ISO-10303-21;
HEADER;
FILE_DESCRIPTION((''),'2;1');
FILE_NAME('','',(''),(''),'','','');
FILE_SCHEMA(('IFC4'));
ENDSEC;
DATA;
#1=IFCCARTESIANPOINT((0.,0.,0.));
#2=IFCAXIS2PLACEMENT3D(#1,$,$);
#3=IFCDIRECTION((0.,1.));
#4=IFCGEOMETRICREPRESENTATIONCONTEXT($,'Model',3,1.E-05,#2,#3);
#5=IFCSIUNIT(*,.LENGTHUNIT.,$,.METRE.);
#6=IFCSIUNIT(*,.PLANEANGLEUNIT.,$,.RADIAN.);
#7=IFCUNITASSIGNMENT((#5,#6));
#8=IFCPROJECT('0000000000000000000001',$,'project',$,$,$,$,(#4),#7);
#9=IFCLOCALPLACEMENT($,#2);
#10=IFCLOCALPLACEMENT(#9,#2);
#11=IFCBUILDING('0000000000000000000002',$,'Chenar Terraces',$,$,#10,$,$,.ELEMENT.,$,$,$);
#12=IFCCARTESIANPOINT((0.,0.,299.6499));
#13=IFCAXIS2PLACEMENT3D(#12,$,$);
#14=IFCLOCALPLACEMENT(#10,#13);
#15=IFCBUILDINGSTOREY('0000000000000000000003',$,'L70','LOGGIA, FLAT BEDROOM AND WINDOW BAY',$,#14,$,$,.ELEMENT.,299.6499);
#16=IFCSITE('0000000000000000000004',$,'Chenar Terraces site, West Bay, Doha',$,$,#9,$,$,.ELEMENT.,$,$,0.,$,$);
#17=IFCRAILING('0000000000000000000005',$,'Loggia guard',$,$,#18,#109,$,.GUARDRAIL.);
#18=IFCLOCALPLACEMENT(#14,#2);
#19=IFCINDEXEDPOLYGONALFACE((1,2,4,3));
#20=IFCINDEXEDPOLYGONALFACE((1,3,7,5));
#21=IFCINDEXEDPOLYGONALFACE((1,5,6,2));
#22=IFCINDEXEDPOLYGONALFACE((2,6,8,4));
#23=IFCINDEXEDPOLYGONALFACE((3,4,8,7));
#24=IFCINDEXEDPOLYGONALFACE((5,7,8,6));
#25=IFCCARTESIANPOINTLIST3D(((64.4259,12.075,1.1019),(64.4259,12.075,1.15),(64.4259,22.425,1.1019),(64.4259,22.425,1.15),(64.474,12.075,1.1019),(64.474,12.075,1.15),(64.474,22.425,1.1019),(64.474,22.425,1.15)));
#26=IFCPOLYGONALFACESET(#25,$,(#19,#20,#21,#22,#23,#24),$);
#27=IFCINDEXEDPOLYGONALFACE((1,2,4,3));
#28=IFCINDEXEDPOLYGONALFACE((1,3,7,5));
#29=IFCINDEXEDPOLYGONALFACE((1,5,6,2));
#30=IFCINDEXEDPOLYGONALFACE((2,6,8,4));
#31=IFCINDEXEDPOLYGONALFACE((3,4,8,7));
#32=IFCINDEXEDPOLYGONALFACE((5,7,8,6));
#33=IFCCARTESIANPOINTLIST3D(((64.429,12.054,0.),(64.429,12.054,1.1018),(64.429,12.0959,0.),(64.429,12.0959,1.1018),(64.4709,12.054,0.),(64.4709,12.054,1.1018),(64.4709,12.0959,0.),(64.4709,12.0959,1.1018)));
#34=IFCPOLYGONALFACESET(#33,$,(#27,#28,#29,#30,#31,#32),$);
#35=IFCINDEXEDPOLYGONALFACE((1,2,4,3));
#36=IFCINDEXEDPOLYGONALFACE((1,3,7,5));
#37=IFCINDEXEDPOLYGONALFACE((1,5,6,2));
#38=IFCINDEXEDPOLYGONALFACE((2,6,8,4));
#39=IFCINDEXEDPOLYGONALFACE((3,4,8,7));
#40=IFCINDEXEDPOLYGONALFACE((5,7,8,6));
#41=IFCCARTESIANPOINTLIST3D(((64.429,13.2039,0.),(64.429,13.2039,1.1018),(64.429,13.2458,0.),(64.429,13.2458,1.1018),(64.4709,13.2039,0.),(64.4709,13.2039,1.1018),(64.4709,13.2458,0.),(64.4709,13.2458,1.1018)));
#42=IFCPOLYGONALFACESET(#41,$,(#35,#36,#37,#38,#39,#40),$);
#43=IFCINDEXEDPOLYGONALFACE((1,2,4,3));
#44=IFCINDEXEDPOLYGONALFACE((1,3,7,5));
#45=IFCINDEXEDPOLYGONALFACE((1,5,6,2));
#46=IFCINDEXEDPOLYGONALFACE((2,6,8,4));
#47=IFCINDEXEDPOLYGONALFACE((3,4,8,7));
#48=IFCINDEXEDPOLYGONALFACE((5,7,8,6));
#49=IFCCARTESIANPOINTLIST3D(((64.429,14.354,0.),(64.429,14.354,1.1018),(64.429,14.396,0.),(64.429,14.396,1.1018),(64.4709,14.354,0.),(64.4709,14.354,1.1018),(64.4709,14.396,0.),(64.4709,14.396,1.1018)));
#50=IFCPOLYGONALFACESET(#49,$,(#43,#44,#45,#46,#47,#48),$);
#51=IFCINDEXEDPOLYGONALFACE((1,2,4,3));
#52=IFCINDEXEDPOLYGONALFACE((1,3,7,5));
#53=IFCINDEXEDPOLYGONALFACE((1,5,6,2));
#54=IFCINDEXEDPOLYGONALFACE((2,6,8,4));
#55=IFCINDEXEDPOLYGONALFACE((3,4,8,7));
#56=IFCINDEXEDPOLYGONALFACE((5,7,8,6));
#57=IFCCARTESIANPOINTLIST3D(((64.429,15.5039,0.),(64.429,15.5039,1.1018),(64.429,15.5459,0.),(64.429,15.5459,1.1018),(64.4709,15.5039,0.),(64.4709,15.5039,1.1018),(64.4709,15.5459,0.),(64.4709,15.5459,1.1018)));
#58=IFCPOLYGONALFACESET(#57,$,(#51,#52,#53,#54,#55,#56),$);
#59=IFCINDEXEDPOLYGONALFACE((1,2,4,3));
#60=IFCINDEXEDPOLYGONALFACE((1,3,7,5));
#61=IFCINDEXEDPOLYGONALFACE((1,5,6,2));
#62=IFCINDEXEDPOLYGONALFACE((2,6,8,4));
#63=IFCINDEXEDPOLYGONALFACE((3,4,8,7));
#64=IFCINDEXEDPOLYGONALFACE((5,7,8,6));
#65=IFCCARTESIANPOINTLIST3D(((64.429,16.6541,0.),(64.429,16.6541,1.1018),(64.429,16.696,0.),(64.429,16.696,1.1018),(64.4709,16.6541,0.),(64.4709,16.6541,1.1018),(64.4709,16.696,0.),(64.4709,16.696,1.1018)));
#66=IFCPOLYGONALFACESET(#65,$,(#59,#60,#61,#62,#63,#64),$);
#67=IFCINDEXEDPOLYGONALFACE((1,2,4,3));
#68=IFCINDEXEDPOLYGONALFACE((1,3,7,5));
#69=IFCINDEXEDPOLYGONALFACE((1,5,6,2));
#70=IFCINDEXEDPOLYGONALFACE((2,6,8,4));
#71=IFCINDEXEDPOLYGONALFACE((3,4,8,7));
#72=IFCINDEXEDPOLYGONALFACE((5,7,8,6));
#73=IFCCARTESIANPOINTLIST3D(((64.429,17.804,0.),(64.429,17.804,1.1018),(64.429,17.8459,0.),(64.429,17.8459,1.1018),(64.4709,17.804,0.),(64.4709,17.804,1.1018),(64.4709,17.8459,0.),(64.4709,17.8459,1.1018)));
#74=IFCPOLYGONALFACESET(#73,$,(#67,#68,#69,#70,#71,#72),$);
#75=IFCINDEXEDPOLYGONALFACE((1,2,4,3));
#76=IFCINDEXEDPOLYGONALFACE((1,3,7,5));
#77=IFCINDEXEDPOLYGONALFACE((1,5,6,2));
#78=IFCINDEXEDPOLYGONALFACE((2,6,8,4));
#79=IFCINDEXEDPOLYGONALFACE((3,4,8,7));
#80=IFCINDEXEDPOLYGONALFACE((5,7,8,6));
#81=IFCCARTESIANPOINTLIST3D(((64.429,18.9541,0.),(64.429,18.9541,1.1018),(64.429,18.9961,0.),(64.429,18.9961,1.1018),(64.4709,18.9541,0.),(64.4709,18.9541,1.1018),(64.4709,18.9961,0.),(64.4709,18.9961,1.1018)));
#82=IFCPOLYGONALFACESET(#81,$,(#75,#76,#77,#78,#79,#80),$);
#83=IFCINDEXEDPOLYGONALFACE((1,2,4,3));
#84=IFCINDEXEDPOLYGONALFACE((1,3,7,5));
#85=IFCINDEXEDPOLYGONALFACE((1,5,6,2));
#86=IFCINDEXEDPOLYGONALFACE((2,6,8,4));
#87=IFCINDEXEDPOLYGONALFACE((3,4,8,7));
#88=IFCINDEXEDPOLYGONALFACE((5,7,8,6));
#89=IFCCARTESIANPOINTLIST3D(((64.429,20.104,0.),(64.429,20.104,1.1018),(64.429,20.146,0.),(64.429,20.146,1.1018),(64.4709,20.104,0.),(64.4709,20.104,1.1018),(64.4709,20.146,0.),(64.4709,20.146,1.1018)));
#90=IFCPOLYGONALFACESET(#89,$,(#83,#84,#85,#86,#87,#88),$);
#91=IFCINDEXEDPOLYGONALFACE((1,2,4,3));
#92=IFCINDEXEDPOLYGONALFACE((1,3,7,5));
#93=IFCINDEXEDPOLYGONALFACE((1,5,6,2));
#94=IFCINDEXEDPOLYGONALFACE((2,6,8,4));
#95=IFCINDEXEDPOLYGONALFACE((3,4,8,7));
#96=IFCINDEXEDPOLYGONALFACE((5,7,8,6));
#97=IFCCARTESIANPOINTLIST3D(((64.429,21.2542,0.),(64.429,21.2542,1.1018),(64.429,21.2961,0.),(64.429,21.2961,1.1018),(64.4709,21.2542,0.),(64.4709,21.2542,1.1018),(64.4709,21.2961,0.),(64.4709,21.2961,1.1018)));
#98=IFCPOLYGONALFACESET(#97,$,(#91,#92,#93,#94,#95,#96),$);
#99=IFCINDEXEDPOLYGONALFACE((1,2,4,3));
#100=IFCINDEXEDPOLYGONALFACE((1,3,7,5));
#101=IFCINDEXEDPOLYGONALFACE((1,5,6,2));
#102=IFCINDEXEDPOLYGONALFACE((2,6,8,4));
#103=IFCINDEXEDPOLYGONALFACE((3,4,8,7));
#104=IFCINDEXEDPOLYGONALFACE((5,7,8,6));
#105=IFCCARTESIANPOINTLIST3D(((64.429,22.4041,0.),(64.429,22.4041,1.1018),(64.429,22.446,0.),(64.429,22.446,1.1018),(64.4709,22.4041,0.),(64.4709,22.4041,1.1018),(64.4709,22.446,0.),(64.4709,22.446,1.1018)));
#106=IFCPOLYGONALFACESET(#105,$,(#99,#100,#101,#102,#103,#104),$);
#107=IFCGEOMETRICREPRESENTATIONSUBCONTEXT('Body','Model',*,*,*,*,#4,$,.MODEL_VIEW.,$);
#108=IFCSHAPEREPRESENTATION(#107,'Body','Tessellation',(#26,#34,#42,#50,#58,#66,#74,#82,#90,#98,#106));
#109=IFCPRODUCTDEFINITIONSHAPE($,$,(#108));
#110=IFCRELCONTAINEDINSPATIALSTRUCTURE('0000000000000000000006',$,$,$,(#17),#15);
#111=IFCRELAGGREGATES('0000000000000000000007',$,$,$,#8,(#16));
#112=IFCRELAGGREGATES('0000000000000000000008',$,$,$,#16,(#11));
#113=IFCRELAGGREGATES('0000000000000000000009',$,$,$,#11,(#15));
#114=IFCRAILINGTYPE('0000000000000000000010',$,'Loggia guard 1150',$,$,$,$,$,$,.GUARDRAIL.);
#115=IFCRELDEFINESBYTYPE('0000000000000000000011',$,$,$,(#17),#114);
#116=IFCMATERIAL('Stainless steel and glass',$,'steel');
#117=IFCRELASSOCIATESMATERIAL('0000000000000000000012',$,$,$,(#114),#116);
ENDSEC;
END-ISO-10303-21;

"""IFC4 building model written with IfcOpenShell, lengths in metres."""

from ifc_helpers import new_model, si_unit, direction, frame, origin, origin_2d, place, context, subcontext, project, spatial, rectangle, extrude, material, type_object, element, save


model = new_model("IFC4")

# Units and contexts
model_context = context("Model", 3, precision=1e-05, world=origin(), true_north=direction((0.0, 1.0)))
body_context = subcontext(model_context, "Body", "Model", "MODEL_VIEW")
ifc_project = project(units=[si_unit("LENGTHUNIT", "METRE"), si_unit("PLANEANGLEUNIT", "RADIAN")], contexts=[model_context])

# Site, building, storey
site_placement = place(None, origin())
site = spatial("IfcSite", under=ifc_project, at=site_placement, Name="Chenar Terraces site, West Bay, Doha", CompositionType="ELEMENT", RefElevation=0.0)
building_placement = place(site_placement, origin())
building = spatial("IfcBuilding", under=site, at=building_placement, Name="Chenar Terraces", CompositionType="ELEMENT")
storey_placement = place(building_placement, frame((0.0, 0.0, 299.6499)))
storey = spatial("IfcBuildingStorey", under=building, at=storey_placement, Name="L70", Description="LOGGIA, FLAT BEDROOM AND WINDOW BAY", CompositionType="ELEMENT", Elevation=299.6499)

# Railing
ifc_material_1 = material(Name="Stainless steel and glass", Category="steel")
railing_type = type_object("IfcRailingType", Name="Loggia guard 1150", PredefinedType="GUARDRAIL", material=ifc_material_1)
railing_placement = place(storey_placement, frame((64.45, 12.075, 0.0)))
element("IfcRailing", 1, at=railing_placement, inside=storey, type_object=railing_type, Name="Loggia guard", PredefinedType="GUARDRAIL", context=body_context, shape_type="SweptSolid", body=[
    extrude(rectangle(XDim=0.0481, YDim=0.0481, at=origin_2d()), frame((0.0, 0.0, 1.126), z_axis=(0.0, 1.0, 0.0), x_axis=(-1.0, 0.0, 0.0)), (0.0, 0.0, 1.0), 10.3501),
    extrude(rectangle(XDim=0.042, YDim=0.042, at=origin_2d()), origin(), (0.0, 0.0, 1.0), 1.1018),
    extrude(rectangle(XDim=0.042, YDim=0.042, at=origin_2d()), frame((0.0, 1.1499, 0.0)), (0.0, 0.0, 1.0), 1.1018),
    extrude(rectangle(XDim=0.042, YDim=0.042, at=origin_2d()), frame((0.0, 2.3, 0.0)), (0.0, 0.0, 1.0), 1.1018),
    extrude(rectangle(XDim=0.042, YDim=0.042, at=origin_2d()), frame((0.0, 3.45, 0.0)), (0.0, 0.0, 1.0), 1.1018),
    extrude(rectangle(XDim=0.042, YDim=0.042, at=origin_2d()), frame((0.0, 4.6001, 0.0)), (0.0, 0.0, 1.0), 1.1018),
    extrude(rectangle(XDim=0.042, YDim=0.042, at=origin_2d()), frame((0.0, 5.75, 0.0)), (0.0, 0.0, 1.0), 1.1018),
    extrude(rectangle(XDim=0.042, YDim=0.042, at=origin_2d()), frame((0.0, 6.9001, 0.0)), (0.0, 0.0, 1.0), 1.1018),
    extrude(rectangle(XDim=0.042, YDim=0.042, at=origin_2d()), frame((0.0, 8.05, 0.0)), (0.0, 0.0, 1.0), 1.1018),
    extrude(rectangle(XDim=0.042, YDim=0.042, at=origin_2d()), frame((0.0, 9.2002, 0.0)), (0.0, 0.0, 1.0), 1.1018),
    extrude(rectangle(XDim=0.042, YDim=0.042, at=origin_2d()), frame((0.0, 10.3501, 0.0)), (0.0, 0.0, 1.0), 1.1018),
])

save(model, "model.ifc")
